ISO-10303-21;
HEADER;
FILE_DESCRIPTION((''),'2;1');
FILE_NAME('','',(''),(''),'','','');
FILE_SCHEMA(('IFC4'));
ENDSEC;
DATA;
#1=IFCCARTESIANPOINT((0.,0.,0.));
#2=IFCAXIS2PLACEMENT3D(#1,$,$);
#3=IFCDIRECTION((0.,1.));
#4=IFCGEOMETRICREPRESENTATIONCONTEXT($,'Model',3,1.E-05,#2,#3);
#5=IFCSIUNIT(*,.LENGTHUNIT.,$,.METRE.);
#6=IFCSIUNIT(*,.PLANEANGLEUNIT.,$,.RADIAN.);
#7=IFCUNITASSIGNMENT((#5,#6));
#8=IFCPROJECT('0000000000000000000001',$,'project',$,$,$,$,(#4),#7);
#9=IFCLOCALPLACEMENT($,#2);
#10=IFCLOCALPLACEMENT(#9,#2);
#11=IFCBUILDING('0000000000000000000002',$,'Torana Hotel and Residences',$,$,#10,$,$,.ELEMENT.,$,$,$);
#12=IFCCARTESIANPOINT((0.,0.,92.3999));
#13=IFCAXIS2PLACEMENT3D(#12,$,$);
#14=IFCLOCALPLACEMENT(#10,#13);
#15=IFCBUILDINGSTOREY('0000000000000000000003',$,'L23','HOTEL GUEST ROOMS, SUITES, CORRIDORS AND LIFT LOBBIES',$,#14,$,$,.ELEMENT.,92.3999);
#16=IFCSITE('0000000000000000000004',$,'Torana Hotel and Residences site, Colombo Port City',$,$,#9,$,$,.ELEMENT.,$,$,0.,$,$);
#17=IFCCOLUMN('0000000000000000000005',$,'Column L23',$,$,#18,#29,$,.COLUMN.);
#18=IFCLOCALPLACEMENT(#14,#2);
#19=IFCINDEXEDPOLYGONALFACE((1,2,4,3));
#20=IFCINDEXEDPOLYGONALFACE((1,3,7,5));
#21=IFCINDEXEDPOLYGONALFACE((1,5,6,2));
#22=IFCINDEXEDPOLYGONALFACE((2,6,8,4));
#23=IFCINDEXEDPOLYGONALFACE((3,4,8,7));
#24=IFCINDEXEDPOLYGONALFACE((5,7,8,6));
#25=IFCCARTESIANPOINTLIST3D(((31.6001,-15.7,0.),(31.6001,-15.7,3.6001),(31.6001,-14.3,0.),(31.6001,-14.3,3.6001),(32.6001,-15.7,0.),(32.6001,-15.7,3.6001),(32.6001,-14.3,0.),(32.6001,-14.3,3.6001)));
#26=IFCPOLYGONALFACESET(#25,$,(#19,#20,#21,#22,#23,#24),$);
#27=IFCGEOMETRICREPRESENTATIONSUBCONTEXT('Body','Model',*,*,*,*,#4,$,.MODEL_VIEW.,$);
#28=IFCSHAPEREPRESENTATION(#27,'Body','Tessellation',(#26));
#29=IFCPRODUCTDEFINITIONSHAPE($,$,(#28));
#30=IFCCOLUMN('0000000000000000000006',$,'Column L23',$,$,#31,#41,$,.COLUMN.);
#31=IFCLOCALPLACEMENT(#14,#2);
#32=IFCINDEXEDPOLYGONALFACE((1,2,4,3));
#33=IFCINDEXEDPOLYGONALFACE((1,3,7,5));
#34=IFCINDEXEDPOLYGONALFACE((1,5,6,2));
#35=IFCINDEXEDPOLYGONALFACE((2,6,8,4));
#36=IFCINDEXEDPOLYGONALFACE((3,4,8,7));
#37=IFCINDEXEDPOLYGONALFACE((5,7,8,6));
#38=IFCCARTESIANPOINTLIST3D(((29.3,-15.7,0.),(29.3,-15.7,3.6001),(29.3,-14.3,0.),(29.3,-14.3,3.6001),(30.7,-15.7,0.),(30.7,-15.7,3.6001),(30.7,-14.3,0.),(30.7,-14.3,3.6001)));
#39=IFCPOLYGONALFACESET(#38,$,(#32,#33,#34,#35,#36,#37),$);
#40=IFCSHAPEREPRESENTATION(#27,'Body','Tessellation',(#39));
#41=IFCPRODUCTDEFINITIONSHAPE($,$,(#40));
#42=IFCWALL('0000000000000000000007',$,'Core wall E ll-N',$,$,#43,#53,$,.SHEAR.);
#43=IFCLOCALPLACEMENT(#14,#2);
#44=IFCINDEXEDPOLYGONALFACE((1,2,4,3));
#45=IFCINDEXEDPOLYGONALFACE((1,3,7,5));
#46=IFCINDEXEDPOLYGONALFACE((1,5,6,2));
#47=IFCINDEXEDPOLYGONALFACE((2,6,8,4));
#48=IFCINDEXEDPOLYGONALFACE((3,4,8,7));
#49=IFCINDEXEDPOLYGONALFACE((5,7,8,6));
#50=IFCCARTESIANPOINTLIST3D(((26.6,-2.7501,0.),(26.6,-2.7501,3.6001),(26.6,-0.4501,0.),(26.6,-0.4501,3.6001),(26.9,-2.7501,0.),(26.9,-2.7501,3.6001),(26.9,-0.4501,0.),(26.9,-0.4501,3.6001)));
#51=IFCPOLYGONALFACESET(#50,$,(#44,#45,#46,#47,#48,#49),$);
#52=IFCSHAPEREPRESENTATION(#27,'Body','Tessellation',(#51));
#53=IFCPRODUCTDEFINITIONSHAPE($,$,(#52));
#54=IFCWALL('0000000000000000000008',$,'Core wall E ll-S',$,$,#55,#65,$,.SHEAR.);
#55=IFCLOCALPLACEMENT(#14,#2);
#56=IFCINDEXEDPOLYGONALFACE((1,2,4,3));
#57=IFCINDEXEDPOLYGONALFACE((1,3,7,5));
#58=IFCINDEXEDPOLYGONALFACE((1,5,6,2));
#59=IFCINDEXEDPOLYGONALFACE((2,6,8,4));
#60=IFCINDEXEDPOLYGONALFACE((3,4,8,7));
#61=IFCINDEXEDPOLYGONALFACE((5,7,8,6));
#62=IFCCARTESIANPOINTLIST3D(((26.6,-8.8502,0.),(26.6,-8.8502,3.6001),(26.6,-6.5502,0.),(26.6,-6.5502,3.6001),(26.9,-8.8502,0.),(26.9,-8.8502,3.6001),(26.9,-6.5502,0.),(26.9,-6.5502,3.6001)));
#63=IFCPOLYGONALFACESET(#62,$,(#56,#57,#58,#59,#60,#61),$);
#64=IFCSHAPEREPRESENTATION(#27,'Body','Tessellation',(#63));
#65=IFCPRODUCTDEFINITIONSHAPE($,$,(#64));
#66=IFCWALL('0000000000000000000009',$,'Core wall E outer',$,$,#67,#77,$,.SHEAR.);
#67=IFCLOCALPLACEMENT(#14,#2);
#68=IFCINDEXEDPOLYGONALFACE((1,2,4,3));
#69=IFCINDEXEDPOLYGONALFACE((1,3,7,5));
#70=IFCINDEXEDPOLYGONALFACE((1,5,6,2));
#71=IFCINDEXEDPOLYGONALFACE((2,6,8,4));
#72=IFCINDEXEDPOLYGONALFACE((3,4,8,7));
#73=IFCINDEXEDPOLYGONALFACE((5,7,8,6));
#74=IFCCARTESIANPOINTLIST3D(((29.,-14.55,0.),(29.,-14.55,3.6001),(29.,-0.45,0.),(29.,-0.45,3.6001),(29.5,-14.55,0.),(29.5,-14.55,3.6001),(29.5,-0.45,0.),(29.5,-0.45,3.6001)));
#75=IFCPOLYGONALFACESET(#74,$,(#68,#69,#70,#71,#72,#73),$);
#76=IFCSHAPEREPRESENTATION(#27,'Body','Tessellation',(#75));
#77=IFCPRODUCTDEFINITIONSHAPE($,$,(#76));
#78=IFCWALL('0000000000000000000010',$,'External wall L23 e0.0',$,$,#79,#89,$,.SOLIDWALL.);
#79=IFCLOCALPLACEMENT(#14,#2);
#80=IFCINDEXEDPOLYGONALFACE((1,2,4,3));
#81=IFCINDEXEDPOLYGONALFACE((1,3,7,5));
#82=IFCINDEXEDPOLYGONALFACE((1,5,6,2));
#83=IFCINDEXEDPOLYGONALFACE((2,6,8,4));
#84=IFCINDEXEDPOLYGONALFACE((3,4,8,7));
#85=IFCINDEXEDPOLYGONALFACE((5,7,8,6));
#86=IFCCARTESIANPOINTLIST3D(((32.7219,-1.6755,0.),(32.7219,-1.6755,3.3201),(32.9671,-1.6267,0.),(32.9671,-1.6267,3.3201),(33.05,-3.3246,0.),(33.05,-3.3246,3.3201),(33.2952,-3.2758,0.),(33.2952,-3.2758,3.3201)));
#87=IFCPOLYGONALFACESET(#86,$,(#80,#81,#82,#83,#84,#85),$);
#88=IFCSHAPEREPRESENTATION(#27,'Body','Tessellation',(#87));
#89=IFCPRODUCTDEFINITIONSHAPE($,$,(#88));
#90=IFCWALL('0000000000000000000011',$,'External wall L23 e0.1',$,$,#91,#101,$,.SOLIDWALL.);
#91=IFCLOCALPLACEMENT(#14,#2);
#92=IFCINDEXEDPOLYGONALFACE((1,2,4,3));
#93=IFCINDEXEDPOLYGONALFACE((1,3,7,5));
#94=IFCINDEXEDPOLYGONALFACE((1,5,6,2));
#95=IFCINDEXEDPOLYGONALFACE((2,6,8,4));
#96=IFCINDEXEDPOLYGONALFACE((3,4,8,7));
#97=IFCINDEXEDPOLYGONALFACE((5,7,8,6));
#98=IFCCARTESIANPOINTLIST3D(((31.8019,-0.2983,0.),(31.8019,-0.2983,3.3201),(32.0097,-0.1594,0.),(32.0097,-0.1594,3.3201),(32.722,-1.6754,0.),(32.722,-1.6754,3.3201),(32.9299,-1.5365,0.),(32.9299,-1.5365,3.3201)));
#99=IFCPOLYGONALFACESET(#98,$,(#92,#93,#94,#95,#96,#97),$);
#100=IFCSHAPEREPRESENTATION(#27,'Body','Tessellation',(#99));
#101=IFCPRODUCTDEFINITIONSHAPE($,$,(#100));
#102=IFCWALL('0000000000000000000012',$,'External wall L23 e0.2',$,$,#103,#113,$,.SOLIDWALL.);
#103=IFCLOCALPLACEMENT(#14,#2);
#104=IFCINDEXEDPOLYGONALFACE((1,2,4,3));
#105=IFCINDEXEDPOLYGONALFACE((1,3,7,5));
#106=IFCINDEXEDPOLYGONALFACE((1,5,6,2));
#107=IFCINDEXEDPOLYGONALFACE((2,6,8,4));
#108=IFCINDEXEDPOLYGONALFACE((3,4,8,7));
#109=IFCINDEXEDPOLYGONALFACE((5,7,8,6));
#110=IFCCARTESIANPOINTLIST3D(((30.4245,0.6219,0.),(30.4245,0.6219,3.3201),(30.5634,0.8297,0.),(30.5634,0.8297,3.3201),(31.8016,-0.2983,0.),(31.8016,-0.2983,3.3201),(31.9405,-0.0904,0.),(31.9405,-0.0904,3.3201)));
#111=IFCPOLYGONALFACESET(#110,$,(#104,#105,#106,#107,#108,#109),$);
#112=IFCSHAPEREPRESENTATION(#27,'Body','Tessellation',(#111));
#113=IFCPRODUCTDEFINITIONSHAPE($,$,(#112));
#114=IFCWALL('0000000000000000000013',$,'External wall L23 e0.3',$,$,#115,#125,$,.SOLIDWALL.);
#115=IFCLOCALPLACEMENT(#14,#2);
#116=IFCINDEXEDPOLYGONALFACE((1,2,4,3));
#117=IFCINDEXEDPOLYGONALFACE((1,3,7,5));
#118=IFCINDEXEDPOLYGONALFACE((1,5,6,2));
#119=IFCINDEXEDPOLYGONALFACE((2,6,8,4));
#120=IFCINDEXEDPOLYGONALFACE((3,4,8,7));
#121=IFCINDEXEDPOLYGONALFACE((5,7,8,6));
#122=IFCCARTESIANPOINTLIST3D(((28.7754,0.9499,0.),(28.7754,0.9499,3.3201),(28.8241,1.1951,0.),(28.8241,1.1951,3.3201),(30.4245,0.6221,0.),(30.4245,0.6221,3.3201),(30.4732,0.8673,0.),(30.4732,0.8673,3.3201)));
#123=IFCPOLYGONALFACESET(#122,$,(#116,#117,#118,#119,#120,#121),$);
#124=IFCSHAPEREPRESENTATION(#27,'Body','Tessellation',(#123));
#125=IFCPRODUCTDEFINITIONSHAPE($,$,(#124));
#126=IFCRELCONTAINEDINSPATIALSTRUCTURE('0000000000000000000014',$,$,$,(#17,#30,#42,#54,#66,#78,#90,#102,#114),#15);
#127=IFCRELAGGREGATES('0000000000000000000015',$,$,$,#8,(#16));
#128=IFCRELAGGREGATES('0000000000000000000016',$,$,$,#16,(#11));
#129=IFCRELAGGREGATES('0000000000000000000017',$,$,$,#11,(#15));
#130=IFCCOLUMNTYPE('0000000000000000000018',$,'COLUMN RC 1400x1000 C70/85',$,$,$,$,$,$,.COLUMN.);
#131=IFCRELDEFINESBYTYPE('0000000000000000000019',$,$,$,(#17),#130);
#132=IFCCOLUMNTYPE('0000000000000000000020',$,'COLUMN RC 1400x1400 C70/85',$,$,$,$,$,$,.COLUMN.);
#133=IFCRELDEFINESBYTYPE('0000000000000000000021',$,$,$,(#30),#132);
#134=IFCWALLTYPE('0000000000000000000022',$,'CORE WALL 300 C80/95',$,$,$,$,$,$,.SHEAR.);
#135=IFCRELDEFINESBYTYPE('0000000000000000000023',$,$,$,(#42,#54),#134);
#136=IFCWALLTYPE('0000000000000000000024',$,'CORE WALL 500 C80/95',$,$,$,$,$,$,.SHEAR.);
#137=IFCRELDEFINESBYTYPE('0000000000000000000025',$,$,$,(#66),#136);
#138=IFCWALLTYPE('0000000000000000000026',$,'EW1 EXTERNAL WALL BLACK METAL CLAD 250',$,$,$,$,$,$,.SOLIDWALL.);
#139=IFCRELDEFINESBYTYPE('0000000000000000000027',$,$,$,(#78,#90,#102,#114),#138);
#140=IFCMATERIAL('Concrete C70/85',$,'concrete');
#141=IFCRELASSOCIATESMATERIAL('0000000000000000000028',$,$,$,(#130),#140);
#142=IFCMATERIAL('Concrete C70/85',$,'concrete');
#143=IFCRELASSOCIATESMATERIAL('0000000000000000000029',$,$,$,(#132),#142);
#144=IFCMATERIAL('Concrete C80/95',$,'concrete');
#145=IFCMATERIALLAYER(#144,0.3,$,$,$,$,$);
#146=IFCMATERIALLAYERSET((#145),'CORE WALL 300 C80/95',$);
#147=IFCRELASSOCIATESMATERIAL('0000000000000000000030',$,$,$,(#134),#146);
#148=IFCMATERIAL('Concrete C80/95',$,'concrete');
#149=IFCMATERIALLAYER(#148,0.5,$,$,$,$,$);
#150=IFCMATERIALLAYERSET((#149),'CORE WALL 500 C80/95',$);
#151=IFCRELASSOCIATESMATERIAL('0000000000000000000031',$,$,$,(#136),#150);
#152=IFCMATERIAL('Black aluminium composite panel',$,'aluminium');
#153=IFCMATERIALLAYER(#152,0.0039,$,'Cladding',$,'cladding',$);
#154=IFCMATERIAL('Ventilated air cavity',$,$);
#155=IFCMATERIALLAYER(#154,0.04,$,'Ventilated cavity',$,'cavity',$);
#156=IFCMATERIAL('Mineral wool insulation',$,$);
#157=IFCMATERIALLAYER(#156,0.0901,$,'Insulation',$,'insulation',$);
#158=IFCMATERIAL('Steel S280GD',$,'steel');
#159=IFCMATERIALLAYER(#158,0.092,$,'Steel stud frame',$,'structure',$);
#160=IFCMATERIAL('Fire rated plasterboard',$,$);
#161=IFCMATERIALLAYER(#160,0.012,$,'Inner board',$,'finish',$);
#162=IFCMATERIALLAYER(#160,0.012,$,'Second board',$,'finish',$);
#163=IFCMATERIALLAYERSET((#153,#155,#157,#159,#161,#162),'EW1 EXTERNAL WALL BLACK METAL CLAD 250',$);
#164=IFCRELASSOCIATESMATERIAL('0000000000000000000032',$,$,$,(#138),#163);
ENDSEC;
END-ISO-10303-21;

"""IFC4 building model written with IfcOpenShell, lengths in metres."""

from ifc_helpers import new_model, si_unit, direction, frame, frame_2d, origin, origin_2d, place, context, subcontext, project, spatial, rectangle, extrude, material, layer, layer_set, material_profile, profile_set, type_object, element, save


model = new_model("IFC4")

# Units and contexts
model_context = context("Model", 3, precision=1e-05, world=origin(), true_north=direction((0.0, 1.0)))
body_context = subcontext(model_context, "Body", "Model", "MODEL_VIEW")
ifc_project = project(units=[si_unit("LENGTHUNIT", "METRE"), si_unit("PLANEANGLEUNIT", "RADIAN")], contexts=[model_context])

# Site, building, storey
site_placement = place(None, origin())
site = spatial("IfcSite", under=ifc_project, at=site_placement, Name="Torana Hotel and Residences site, Colombo Port City", CompositionType="ELEMENT", RefElevation=0.0)
building_placement = place(site_placement, origin())
building = spatial("IfcBuilding", under=site, at=building_placement, Name="Torana Hotel and Residences", CompositionType="ELEMENT")
storey_placement = place(building_placement, frame((0.0, 0.0, 92.3999)))
storey = spatial("IfcBuildingStorey", under=building, at=storey_placement, Name="L23", Description="HOTEL GUEST ROOMS, SUITES, CORRIDORS AND LIFT LOBBIES", CompositionType="ELEMENT", Elevation=92.3999)

# Columns
ifc_material_1 = material(Name="Concrete C70/85", Category="concrete")
ifc_material_profile_1 = material_profile(ifc_material_1, rectangle(XDim=1.3999, YDim=1.0, at=origin_2d()), Name="RC 1400x1000")
ifc_profile_set_1 = profile_set([ifc_material_profile_1], Name="Concrete C70/85")
column_type_1 = type_object("IfcColumnType", Name="COLUMN RC 1400x1000 C70/85", PredefinedType="COLUMN", material=ifc_profile_set_1)
column_1_placement = place(storey_placement, frame((32.1001, -15.0, 0.0), z_axis=(0.0, 0.0, 1.0), x_axis=(0.0, 1.0, 0.0)))
element("IfcColumn", 1, at=column_1_placement, inside=storey, type_object=column_type_1, Name="Column L23", PredefinedType="COLUMN", context=body_context, shape_type="SweptSolid", body=[
    extrude(rectangle(XDim=1.3999, YDim=1.0, at=origin_2d()), origin(), (0.0, 0.0, 1.0), 3.6001),
])
ifc_material_2 = material(Name="Concrete C70/85", Category="concrete")
ifc_material_profile_2 = material_profile(ifc_material_2, rectangle(XDim=1.3999, YDim=1.3999, at=origin_2d()), Name="RC 1400x1400")
ifc_profile_set_2 = profile_set([ifc_material_profile_2], Name="Concrete C70/85")
column_type_2 = type_object("IfcColumnType", Name="COLUMN RC 1400x1400 C70/85", PredefinedType="COLUMN", material=ifc_profile_set_2)
column_2_placement = place(storey_placement, frame((30.0, -15.0, 0.0), z_axis=(0.0, 0.0, 1.0), x_axis=(1.0, 0.0, 0.0)))
element("IfcColumn", 2, at=column_2_placement, inside=storey, type_object=column_type_2, Name="Column L23", PredefinedType="COLUMN", context=body_context, shape_type="SweptSolid", body=[
    extrude(rectangle(XDim=1.3999, YDim=1.3999, at=origin_2d()), origin(), (0.0, 0.0, 1.0), 3.6001),
])

# Walls
ifc_material_3 = material(Name="Concrete C80/95", Category="concrete")
ifc_layer_1 = layer(ifc_material_3, 0.3)
ifc_layer_set_1 = layer_set([ifc_layer_1], Name="CORE WALL 300 C80/95")
wall_type_1 = type_object("IfcWallType", Name="CORE WALL 300 C80/95", PredefinedType="SHEAR", material=ifc_layer_set_1)
for number, where, z_axis, x_axis, name in (
    (3, (26.75, -2.75, 0.0), (0.0, 0.0, 1.0), (0.0, 1.0, 0.0), "Core wall E ll-N"),
    (4, (26.75, -8.8501, 0.0), (0.0, 0.0, 1.0), (0.0, 1.0, 0.0), "Core wall E ll-S"),
):
    element("IfcWall", number, at=place(storey_placement, frame(where, z_axis=z_axis, x_axis=x_axis)), inside=storey, type_object=wall_type_1, Name=name, PredefinedType="SHEAR", context=body_context, shape_type="SweptSolid", body=[
        extrude(rectangle(XDim=2.3, YDim=0.3, at=frame_2d((1.1499, 0.0))), origin(), (0.0, 0.0, 1.0), 3.6001),
    ])
ifc_material_4 = material(Name="Concrete C80/95", Category="concrete")
ifc_layer_2 = layer(ifc_material_4, 0.5)
ifc_layer_set_2 = layer_set([ifc_layer_2], Name="CORE WALL 500 C80/95")
wall_type_2 = type_object("IfcWallType", Name="CORE WALL 500 C80/95", PredefinedType="SHEAR", material=ifc_layer_set_2)
wall_1_placement = place(storey_placement, frame((29.25, -14.55, 0.0), z_axis=(0.0, 0.0, 1.0), x_axis=(0.0, 1.0, 0.0)))
element("IfcWall", 5, at=wall_1_placement, inside=storey, type_object=wall_type_2, Name="Core wall E outer", PredefinedType="SHEAR", context=body_context, shape_type="SweptSolid", body=[
    extrude(rectangle(XDim=14.1001, YDim=0.5, at=frame_2d((7.05, 0.0))), origin(), (0.0, 0.0, 1.0), 3.6001),
])
ifc_material_5 = material(Name="Black aluminium composite panel", Category="aluminium")
ifc_layer_3 = layer(ifc_material_5, 0.0039, Name="Cladding", Category="cladding")
ifc_material_6 = material(Name="Ventilated air cavity")
ifc_layer_4 = layer(ifc_material_6, 0.04, Name="Ventilated cavity", Category="cavity")
ifc_material_7 = material(Name="Mineral wool insulation")
ifc_layer_5 = layer(ifc_material_7, 0.0901, Name="Insulation", Category="insulation")
ifc_material_8 = material(Name="Steel S280GD", Category="steel")
ifc_layer_6 = layer(ifc_material_8, 0.092, Name="Steel stud frame", Category="structure")
ifc_material_9 = material(Name="Fire rated plasterboard")
ifc_layer_7 = layer(ifc_material_9, 0.012, Name="Inner board", Category="finish")
ifc_layer_8 = layer(ifc_material_9, 0.012, Name="Second board", Category="finish")
ifc_layer_set_3 = layer_set([ifc_layer_3, ifc_layer_4, ifc_layer_5, ifc_layer_6, ifc_layer_7, ifc_layer_8], Name="EW1 EXTERNAL WALL BLACK METAL CLAD 250")
wall_type_3 = type_object("IfcWallType", Name="EW1 EXTERNAL WALL BLACK METAL CLAD 250", PredefinedType="SOLIDWALL", material=ifc_layer_set_3)
wall_2_placement = place(storey_placement, frame((33.1726, -3.3003, 0.0), z_axis=(0.0, 0.0, 1.0), x_axis=(-0.195139, 0.980776, 0.0)))
element("IfcWall", 6, at=wall_2_placement, inside=storey, type_object=wall_type_3, Name="External wall L23 e0.0", PredefinedType="SOLIDWALL", context=body_context, shape_type="SweptSolid", body=[
    extrude(rectangle(XDim=1.6814, YDim=0.25, at=frame_2d((0.8408, 0.0))), origin(), (0.0, 0.0, 1.0), 3.3201),
])
for number, where, z_axis, x_axis, name in (
    (7, (32.8259, -1.606, 0.0), (0.0, 0.0, 1.0), (-0.55555, 0.831483, 0.0), "External wall L23 e0.1"),
    (8, (31.8711, -0.1943, 0.0), (0.0, 0.0, 1.0), (-0.831483, 0.55555, 0.0), "External wall L23 e0.2"),
):
    element("IfcWall", number, at=place(storey_placement, frame(where, z_axis=z_axis, x_axis=x_axis)), inside=storey, type_object=wall_type_3, Name=name, PredefinedType="SOLIDWALL", context=body_context, shape_type="SweptSolid", body=[
        extrude(rectangle(XDim=1.6562, YDim=0.25, at=frame_2d((0.8281, 0.0))), origin(), (0.0, 0.0, 1.0), 3.3201),
    ])
wall_3_placement = place(storey_placement, frame((30.449, 0.7446, 0.0), z_axis=(0.0, 0.0, 1.0), x_axis=(-0.980803, 0.194999, 0.0)))
element("IfcWall", 9, at=wall_3_placement, inside=storey, type_object=wall_type_3, Name="External wall L23 e0.3", PredefinedType="SOLIDWALL", context=body_context, shape_type="SweptSolid", body=[
    extrude(rectangle(XDim=1.6814, YDim=0.25, at=frame_2d((0.8408, 0.0))), origin(), (0.0, 0.0, 1.0), 3.3201),
])

save(model, "model.ifc")
